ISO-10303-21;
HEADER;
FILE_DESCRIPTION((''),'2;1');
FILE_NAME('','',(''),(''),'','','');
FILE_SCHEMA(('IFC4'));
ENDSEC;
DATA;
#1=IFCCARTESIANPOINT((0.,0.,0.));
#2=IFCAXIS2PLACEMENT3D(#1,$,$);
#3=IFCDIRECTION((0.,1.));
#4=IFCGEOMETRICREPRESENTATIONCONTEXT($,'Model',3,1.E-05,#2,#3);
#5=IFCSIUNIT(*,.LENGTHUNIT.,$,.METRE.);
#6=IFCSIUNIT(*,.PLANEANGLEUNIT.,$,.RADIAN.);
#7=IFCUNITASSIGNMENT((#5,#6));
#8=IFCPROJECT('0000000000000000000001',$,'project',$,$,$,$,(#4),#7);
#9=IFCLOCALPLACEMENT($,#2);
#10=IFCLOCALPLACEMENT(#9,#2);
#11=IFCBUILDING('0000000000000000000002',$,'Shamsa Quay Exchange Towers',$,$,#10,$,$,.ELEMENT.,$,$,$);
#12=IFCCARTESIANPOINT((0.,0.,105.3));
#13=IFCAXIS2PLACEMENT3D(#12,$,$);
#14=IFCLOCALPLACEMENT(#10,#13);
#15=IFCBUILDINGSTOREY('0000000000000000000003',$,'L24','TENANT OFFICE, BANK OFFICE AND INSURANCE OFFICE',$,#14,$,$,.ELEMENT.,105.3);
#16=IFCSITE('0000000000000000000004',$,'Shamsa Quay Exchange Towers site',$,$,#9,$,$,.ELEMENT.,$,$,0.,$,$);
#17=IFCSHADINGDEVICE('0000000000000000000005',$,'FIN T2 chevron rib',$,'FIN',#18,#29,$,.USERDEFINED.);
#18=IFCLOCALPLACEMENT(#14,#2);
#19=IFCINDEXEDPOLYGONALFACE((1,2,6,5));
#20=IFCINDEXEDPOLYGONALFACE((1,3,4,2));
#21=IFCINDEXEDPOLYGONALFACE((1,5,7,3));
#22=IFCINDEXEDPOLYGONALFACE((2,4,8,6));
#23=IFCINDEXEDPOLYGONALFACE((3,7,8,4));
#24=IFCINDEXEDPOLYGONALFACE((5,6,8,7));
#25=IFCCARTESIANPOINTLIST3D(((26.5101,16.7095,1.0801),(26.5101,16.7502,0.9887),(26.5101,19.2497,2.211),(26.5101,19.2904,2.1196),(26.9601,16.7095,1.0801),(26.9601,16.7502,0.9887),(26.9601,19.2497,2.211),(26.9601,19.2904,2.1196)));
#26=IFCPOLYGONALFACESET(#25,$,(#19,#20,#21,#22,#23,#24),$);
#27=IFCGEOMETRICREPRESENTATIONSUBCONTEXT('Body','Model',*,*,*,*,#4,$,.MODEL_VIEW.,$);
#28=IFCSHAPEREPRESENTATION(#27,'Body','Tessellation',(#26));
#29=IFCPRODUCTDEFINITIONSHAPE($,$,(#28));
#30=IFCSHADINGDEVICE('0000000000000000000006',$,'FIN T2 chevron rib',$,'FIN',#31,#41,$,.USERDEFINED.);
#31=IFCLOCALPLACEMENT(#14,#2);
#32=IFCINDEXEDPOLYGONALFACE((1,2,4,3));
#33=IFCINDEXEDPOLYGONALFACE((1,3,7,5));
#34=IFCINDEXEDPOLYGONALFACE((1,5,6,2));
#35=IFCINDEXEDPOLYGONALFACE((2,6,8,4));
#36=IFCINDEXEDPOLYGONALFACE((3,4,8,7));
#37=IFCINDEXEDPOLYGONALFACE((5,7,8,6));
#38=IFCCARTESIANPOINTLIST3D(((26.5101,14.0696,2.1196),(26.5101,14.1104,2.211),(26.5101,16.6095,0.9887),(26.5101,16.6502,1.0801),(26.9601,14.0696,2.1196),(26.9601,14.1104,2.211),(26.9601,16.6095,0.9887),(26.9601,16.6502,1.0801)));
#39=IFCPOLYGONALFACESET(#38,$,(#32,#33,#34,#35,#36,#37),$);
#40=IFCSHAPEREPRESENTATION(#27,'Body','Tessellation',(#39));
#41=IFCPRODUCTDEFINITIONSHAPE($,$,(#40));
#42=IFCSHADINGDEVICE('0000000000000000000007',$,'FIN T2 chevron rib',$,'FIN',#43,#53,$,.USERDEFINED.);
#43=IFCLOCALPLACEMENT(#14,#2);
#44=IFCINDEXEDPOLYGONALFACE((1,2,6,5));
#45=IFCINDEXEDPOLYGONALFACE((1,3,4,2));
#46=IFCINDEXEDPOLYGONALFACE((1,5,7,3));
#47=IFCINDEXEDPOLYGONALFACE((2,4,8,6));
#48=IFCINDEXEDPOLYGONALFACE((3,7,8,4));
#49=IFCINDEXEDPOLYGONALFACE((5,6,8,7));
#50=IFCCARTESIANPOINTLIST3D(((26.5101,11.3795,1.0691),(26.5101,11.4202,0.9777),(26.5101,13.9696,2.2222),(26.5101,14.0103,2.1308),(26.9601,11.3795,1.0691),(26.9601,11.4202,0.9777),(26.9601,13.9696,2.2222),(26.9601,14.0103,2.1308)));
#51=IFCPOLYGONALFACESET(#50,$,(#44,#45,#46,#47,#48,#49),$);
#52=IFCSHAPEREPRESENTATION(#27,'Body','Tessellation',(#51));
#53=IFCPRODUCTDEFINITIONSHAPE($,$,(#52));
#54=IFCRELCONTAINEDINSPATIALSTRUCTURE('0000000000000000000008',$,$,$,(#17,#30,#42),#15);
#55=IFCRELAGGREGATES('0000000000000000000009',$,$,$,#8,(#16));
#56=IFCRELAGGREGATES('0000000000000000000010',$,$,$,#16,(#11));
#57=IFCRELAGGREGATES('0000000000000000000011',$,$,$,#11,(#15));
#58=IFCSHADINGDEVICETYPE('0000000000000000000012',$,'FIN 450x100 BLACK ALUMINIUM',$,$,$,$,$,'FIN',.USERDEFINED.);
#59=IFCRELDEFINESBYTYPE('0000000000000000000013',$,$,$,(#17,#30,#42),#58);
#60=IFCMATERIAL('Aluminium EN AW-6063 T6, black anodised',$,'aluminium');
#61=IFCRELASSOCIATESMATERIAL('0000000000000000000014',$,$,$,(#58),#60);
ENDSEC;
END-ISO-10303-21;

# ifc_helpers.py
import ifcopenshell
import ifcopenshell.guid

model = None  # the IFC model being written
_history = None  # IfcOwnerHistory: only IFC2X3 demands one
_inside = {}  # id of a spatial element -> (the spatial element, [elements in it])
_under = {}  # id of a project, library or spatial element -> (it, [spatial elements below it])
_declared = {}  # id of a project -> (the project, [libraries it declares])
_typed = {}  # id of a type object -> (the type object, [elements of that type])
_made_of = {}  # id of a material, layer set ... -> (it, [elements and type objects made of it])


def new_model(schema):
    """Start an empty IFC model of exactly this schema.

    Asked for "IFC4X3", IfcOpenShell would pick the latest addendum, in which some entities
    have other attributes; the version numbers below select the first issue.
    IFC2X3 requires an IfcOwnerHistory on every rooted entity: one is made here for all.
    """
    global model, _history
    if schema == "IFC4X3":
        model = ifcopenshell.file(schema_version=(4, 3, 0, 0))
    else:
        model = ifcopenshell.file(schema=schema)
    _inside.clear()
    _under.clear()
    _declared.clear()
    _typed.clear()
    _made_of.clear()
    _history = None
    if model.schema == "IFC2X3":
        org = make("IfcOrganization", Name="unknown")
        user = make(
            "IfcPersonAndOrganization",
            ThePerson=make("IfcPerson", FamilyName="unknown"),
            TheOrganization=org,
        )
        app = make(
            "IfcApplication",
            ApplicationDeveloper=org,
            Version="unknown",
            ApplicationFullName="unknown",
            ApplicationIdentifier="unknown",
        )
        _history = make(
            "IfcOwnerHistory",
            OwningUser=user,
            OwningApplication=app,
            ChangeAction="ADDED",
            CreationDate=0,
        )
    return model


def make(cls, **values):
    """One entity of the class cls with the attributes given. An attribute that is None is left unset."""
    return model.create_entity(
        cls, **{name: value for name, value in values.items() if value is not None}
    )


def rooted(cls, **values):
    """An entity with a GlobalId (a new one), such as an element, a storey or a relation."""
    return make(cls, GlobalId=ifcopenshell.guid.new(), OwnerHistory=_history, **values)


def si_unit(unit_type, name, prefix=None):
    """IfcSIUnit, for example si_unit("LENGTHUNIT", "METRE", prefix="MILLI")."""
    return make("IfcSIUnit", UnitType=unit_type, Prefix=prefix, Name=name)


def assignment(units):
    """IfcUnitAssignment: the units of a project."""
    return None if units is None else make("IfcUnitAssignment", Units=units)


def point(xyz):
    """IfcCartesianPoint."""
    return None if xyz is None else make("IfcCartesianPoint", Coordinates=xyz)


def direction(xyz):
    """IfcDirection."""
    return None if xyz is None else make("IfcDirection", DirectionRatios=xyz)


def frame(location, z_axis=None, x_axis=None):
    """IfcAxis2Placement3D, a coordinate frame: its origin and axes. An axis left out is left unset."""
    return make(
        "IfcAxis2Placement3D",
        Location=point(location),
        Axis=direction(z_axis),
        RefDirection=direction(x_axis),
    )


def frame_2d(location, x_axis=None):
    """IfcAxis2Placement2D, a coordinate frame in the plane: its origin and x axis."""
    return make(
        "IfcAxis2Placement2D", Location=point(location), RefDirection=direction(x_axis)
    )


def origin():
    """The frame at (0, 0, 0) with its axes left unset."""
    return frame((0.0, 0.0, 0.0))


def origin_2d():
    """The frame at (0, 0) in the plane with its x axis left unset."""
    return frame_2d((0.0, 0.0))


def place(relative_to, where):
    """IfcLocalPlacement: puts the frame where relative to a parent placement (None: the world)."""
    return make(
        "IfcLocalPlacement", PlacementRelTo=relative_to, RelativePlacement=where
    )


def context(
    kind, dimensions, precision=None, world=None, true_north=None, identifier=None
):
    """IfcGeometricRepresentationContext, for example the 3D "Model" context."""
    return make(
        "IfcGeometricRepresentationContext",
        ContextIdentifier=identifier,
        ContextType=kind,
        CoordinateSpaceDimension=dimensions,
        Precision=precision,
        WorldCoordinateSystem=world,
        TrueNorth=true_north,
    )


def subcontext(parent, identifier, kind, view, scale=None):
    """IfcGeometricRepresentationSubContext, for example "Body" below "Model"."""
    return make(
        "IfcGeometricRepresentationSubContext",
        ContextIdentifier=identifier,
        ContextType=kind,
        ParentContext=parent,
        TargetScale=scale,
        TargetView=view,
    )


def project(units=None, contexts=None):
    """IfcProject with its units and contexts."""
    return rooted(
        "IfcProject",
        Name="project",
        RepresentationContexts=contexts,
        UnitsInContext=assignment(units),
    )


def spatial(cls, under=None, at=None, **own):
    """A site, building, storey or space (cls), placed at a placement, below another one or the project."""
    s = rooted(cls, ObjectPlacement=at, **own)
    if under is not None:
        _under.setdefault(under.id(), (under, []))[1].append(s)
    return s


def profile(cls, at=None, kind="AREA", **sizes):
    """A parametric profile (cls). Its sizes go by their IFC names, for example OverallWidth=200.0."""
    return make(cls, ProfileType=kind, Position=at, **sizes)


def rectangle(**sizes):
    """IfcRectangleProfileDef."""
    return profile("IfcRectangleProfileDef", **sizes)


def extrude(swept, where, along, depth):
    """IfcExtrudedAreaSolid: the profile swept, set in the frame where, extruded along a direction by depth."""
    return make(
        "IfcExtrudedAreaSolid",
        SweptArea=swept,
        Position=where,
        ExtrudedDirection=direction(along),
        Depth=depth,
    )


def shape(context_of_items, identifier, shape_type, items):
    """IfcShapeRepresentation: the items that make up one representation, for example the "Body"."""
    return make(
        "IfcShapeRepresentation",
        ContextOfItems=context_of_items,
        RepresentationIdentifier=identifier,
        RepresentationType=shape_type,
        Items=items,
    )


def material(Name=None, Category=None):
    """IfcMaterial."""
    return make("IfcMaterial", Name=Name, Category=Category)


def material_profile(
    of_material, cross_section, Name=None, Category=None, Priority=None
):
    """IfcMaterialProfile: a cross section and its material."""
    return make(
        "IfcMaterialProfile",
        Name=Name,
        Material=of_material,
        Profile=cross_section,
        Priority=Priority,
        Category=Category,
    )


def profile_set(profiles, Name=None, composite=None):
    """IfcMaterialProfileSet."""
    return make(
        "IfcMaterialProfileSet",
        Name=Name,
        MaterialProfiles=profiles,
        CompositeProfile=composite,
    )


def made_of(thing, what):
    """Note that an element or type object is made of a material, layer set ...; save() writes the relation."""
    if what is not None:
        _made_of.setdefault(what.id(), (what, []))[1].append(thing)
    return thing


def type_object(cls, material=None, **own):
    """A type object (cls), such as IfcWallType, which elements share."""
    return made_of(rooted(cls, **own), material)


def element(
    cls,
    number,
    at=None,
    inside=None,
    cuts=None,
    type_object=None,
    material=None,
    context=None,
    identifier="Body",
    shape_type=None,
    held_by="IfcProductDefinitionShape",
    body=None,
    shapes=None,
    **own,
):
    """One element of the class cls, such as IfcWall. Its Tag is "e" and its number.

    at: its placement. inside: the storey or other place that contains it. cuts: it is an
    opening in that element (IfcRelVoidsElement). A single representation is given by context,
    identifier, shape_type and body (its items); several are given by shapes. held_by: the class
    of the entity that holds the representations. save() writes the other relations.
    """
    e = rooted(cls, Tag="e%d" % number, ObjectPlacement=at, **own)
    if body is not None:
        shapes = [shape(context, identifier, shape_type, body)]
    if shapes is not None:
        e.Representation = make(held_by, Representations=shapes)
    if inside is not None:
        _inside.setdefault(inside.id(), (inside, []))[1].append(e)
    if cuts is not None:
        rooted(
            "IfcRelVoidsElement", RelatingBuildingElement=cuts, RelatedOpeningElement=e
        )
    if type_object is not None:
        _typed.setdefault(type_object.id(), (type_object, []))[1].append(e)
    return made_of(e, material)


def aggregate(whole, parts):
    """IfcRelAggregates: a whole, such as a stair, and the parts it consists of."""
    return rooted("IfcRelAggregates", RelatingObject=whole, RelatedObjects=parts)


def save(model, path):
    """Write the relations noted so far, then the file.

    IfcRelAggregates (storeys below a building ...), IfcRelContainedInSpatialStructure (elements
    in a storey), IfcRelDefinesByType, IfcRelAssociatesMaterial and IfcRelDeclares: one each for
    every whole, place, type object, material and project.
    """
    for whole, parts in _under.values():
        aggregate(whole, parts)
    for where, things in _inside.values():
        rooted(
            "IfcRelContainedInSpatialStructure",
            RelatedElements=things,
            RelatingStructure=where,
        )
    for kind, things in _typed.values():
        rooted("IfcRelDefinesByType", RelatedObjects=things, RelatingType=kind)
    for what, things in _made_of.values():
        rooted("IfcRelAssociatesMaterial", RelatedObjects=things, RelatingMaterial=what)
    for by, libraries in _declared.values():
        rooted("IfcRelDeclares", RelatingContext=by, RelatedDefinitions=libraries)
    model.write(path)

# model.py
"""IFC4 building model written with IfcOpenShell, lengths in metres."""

from ifc_helpers import new_model, si_unit, direction, frame, origin, origin_2d, place, context, subcontext, project, spatial, rectangle, extrude, material, material_profile, profile_set, type_object, element, save


model = new_model("IFC4")

# Units and contexts
model_context = context("Model", 3, precision=1e-05, world=origin(), true_north=direction((0.0, 1.0)))
body_context = subcontext(model_context, "Body", "Model", "MODEL_VIEW")
ifc_project = project(units=[si_unit("LENGTHUNIT", "METRE"), si_unit("PLANEANGLEUNIT", "RADIAN")], contexts=[model_context])

# Site, building, storey
site_placement = place(None, origin())
site = spatial("IfcSite", under=ifc_project, at=site_placement, Name="Shamsa Quay Exchange Towers site", CompositionType="ELEMENT", RefElevation=0.0)
building_placement = place(site_placement, origin())
building = spatial("IfcBuilding", under=site, at=building_placement, Name="Shamsa Quay Exchange Towers", CompositionType="ELEMENT")
storey_placement = place(building_placement, frame((0.0, 0.0, 105.3)))
storey = spatial("IfcBuildingStorey", under=building, at=storey_placement, Name="L24", Description="TENANT OFFICE, BANK OFFICE AND INSURANCE OFFICE", CompositionType="ELEMENT", Elevation=105.3)

# Shared definitions
ifc_material_1 = material(Name="Aluminium EN AW-6063 T6, black anodised", Category="aluminium")

# Shading devices
ifc_material_profile_1 = material_profile(ifc_material_1, rectangle(XDim=0.45, YDim=0.1001, at=origin_2d()), Name="FIN450x100")
ifc_profile_set_1 = profile_set([ifc_material_profile_1], Name="Aluminium EN AW-6063 T6, black anodised")
shading_device_type = type_object("IfcShadingDeviceType", Name="FIN 450x100 BLACK ALUMINIUM", ElementType="FIN", PredefinedType="USERDEFINED", material=ifc_profile_set_1)
shading_device_1_placement = place(storey_placement, frame((26.7351, 19.27, 2.1653), z_axis=(0.0, -0.913551, -0.406725), x_axis=(1.0, 0.0, 0.0)))
element("IfcShadingDevice", 1, at=shading_device_1_placement, inside=storey, type_object=shading_device_type, Name="FIN T2 chevron rib", ObjectType="FIN", PredefinedType="USERDEFINED", context=body_context, shape_type="SweptSolid", body=[
    extrude(rectangle(XDim=0.45, YDim=0.1001, at=origin_2d()), origin(), (0.0, 0.0, 1.0), 2.7805),
])
shading_device_2_placement = place(storey_placement, frame((26.7351, 16.6299, 1.0344), z_axis=(0.0, -0.913536, 0.406758), x_axis=(1.0, 0.0, 0.0)))
element("IfcShadingDevice", 2, at=shading_device_2_placement, inside=storey, type_object=shading_device_type, Name="FIN T2 chevron rib", ObjectType="FIN", PredefinedType="USERDEFINED", context=body_context, shape_type="SweptSolid", body=[
    extrude(rectangle(XDim=0.45, YDim=0.1001, at=origin_2d()), origin(), (0.0, 0.0, 1.0), 2.7803),
])
shading_device_3_placement = place(storey_placement, frame((26.7351, 13.99, 2.1765), z_axis=(0.0, -0.913559, -0.406706), x_axis=(1.0, 0.0, 0.0)))
element("IfcShadingDevice", 3, at=shading_device_3_placement, inside=storey, type_object=shading_device_type, Name="FIN T2 chevron rib", ObjectType="FIN", PredefinedType="USERDEFINED", context=body_context, shape_type="SweptSolid", body=[
    extrude(rectangle(XDim=0.45, YDim=0.1001, at=origin_2d()), origin(), (0.0, 0.0, 1.0), 2.8352),
])

save(model, "model.ifc")
